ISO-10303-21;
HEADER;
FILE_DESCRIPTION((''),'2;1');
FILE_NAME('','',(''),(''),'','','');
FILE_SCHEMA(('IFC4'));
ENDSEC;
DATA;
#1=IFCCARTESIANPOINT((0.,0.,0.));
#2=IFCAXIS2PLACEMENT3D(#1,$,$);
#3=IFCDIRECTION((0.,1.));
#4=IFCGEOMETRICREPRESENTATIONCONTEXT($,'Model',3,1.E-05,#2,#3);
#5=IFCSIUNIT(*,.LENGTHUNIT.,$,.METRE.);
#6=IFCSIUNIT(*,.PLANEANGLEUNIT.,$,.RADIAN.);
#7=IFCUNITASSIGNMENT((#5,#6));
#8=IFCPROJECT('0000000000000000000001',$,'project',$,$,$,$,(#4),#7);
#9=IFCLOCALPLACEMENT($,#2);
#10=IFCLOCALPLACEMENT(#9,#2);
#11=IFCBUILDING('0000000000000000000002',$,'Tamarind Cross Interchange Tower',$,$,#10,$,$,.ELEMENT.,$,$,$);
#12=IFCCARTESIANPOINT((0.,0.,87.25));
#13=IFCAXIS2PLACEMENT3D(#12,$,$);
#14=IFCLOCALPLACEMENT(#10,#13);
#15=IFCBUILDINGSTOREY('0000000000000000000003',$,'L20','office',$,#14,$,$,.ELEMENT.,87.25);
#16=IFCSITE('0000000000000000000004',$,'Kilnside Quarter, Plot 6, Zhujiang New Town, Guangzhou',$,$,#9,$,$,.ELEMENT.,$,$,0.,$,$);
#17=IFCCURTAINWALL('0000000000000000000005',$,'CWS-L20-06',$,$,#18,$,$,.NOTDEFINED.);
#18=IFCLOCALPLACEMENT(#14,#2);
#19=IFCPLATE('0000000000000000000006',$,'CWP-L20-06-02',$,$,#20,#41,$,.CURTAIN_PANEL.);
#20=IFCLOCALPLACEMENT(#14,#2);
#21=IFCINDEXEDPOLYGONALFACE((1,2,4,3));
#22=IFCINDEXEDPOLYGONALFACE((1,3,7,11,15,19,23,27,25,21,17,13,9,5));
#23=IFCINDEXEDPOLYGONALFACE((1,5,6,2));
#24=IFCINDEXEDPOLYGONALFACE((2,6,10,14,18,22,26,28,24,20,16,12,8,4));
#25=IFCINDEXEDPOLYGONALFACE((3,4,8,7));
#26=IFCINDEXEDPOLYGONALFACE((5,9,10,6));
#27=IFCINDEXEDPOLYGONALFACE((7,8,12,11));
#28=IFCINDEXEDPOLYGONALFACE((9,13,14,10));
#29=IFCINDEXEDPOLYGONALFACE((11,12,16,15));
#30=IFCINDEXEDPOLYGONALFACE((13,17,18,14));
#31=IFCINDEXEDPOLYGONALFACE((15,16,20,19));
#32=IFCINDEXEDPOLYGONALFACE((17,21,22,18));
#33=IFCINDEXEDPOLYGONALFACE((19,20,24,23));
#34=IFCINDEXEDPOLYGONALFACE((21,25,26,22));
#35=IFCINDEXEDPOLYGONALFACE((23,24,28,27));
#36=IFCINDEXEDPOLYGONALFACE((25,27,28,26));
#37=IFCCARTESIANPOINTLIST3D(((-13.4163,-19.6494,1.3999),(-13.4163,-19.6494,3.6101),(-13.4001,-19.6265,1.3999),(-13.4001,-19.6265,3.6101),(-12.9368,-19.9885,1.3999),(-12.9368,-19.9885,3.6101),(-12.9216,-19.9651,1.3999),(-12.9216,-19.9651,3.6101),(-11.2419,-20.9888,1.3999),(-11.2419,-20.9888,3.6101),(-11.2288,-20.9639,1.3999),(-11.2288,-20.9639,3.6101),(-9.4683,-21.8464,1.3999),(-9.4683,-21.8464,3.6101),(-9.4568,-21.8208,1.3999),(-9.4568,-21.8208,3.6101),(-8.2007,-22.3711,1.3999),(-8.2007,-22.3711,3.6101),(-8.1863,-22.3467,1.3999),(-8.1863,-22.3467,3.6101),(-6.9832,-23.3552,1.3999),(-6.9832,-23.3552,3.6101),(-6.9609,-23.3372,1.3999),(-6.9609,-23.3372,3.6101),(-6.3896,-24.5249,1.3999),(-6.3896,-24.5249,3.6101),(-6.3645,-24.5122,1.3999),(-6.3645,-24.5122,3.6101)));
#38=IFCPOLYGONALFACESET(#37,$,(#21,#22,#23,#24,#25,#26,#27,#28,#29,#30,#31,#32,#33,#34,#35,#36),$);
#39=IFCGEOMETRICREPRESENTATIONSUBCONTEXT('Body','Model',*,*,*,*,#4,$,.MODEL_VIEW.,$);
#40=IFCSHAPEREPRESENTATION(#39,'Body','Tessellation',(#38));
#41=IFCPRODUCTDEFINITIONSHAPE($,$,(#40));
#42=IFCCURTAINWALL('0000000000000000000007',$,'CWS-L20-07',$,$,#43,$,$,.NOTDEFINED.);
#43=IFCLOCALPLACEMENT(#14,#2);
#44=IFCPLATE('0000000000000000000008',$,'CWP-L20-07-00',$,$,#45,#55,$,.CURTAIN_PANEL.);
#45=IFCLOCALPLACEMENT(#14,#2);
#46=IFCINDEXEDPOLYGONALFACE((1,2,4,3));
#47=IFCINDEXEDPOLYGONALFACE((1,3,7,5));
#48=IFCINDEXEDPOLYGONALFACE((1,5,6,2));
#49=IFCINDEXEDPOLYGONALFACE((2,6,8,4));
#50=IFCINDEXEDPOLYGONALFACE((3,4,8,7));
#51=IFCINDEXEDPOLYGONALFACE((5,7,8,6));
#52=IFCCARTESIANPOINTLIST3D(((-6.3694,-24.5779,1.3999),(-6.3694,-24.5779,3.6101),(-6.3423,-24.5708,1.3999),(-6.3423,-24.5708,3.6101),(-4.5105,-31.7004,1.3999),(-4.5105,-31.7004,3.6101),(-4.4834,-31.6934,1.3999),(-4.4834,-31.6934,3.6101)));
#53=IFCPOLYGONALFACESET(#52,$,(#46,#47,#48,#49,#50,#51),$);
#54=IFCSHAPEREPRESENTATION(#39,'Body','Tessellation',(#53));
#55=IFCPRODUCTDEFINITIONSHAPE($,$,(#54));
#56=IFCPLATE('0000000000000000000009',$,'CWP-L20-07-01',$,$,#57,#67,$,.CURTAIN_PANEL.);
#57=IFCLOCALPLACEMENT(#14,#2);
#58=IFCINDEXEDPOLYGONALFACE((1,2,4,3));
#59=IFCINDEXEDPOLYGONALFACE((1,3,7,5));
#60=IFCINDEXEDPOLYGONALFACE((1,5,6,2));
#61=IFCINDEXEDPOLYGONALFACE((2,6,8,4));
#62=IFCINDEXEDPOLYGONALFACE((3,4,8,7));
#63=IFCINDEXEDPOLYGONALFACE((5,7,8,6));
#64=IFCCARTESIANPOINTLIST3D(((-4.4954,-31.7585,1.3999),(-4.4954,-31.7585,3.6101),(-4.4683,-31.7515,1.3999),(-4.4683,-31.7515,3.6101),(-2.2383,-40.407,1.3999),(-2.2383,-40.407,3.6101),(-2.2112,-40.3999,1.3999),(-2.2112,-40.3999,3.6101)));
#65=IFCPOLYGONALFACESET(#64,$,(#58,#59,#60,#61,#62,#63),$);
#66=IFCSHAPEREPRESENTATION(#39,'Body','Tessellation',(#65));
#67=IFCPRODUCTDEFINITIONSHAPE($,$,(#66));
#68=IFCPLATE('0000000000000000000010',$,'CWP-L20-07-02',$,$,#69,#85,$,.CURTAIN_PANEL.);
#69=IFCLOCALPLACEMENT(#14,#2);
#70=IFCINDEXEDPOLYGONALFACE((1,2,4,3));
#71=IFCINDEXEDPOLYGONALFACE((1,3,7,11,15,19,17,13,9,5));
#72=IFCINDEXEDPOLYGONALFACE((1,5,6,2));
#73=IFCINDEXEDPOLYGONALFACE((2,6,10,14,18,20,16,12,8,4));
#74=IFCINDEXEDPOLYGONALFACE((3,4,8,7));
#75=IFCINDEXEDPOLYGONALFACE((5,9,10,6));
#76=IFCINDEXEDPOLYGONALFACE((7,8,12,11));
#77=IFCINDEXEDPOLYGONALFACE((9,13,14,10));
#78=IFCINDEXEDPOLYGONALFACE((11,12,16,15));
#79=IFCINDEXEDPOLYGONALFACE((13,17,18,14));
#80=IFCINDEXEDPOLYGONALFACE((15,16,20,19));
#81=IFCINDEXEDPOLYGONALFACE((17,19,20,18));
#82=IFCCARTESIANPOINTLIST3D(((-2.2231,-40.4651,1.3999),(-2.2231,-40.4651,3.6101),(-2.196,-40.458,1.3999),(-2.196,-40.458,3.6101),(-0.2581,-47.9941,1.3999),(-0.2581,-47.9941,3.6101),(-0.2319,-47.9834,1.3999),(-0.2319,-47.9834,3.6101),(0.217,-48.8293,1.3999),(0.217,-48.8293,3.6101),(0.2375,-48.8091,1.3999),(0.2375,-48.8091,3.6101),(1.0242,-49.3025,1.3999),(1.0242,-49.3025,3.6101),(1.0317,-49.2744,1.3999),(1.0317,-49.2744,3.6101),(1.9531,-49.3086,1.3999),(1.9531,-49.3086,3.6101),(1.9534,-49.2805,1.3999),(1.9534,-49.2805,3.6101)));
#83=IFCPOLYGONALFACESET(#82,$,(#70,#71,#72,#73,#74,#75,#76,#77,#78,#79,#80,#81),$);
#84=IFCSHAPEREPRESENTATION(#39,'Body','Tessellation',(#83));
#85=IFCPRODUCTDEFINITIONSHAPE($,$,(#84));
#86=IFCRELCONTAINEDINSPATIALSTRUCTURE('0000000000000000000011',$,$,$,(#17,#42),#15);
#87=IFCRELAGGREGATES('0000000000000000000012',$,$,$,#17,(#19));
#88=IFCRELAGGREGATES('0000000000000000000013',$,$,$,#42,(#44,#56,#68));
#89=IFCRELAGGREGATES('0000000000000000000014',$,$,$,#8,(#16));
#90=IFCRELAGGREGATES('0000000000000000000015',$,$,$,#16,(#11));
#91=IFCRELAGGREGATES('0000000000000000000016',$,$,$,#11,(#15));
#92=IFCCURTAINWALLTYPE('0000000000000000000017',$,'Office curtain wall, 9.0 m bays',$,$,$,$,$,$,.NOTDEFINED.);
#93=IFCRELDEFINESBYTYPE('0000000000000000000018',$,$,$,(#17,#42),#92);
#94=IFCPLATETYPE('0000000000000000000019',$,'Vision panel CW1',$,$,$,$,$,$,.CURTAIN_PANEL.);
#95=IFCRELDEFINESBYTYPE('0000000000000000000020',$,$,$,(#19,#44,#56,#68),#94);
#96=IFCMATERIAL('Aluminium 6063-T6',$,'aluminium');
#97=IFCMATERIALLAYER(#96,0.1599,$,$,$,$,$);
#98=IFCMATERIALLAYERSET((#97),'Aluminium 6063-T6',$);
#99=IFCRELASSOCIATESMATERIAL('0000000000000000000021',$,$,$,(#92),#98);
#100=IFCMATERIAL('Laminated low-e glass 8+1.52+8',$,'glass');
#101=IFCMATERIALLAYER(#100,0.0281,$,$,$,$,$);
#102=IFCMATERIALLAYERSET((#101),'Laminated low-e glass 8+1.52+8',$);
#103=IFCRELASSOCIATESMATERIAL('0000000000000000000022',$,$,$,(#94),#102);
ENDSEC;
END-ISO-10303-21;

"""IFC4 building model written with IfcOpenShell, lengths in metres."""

from ifc_helpers import new_model, si_unit, direction, frame, origin, place, context, subcontext, project, spatial, polyline, outline, extrude, material, layer, layer_set, type_object, element, aggregate, save


model = new_model("IFC4")

# Units and contexts
model_context = context("Model", 3, precision=1e-05, world=origin(), true_north=direction((0.0, 1.0)))
body_context = subcontext(model_context, "Body", "Model", "MODEL_VIEW")
ifc_project = project(units=[si_unit("LENGTHUNIT", "METRE"), si_unit("PLANEANGLEUNIT", "RADIAN")], contexts=[model_context])

# Site, building, storey
site_placement = place(None, origin())
site = spatial("IfcSite", under=ifc_project, at=site_placement, Name="Kilnside Quarter, Plot 6, Zhujiang New Town, Guangzhou", CompositionType="ELEMENT", RefElevation=0.0)
building_placement = place(site_placement, origin())
building = spatial("IfcBuilding", under=site, at=building_placement, Name="Tamarind Cross Interchange Tower", CompositionType="ELEMENT")
storey_placement = place(building_placement, frame((0.0, 0.0, 87.25)))
storey = spatial("IfcBuildingStorey", under=building, at=storey_placement, Name="L20", Description="office", CompositionType="ELEMENT", Elevation=87.25)

# Curtain wall
ifc_material_1 = material(Name="Aluminium 6063-T6", Category="aluminium")
ifc_layer_1 = layer(ifc_material_1, 0.1599)
ifc_layer_set_1 = layer_set([ifc_layer_1], Name="Aluminium 6063-T6")
curtain_wall_type = type_object("IfcCurtainWallType", Name="Office curtain wall, 9.0 m bays", PredefinedType="NOTDEFINED", material=ifc_layer_set_1)
curtain_wall_1_placement = place(storey_placement, origin())
curtain_wall_1 = element("IfcCurtainWall", 1, at=curtain_wall_1_placement, inside=storey, type_object=curtain_wall_type, Name="CWS-L20-06", PredefinedType="NOTDEFINED")

# Plate
ifc_material_2 = material(Name="Laminated low-e glass 8+1.52+8", Category="glass")
ifc_layer_2 = layer(ifc_material_2, 0.0281)
ifc_layer_set_2 = layer_set([ifc_layer_2], Name="Laminated low-e glass 8+1.52+8")
plate_type = type_object("IfcPlateType", Name="Vision panel CW1", PredefinedType="CURTAIN_PANEL", material=ifc_layer_set_2)
plate_1_placement = place(storey_placement, frame((0.0, 0.0, 1.3999)))
plate_1 = element("IfcPlate", 2, at=plate_1_placement, type_object=plate_type, Name="CWP-L20-06-02", PredefinedType="CURTAIN_PANEL", context=body_context, shape_type="SweptSolid", body=[
    extrude(outline(polyline([(-13.4001, -19.6265), (-12.9216, -19.9651), (-11.2288, -20.9639), (-9.4568, -21.8208), (-8.1863, -22.3467), (-6.9609, -23.3372), (-6.3645, -24.5122), (-6.3896, -24.5249), (-6.9832, -23.3552), (-8.2007, -22.3711), (-9.4683, -21.8464), (-11.2419, -20.9888), (-12.9368, -19.9885), (-13.4163, -19.6494), (-13.4001, -19.6265)])), origin(), (0.0, 0.0, 1.0), 2.2102),
])
aggregate(curtain_wall_1, [plate_1])

# Curtain wall, plates
curtain_wall_2_placement = place(storey_placement, origin())
curtain_wall_2 = element("IfcCurtainWall", 3, at=curtain_wall_2_placement, inside=storey, type_object=curtain_wall_type, Name="CWS-L20-07", PredefinedType="NOTDEFINED")
plate_2_placement = place(storey_placement, frame((0.0, 0.0, 1.3999)))
plate_2 = element("IfcPlate", 4, at=plate_2_placement, type_object=plate_type, Name="CWP-L20-07-00", PredefinedType="CURTAIN_PANEL", context=body_context, shape_type="SweptSolid", body=[
    extrude(outline(polyline([(-6.3423, -24.5708), (-4.4834, -31.6934), (-4.5105, -31.7004), (-6.3694, -24.5779), (-6.3423, -24.5708)])), origin(), (0.0, 0.0, 1.0), 2.2102),
])
plate_3_placement = place(storey_placement, frame((0.0, 0.0, 1.3999)))
plate_3 = element("IfcPlate", 5, at=plate_3_placement, type_object=plate_type, Name="CWP-L20-07-01", PredefinedType="CURTAIN_PANEL", context=body_context, shape_type="SweptSolid", body=[
    extrude(outline(polyline([(-4.4683, -31.7515), (-2.2112, -40.3999), (-2.2383, -40.407), (-4.4954, -31.7585), (-4.4683, -31.7515)])), origin(), (0.0, 0.0, 1.0), 2.2102),
])
plate_4_placement = place(storey_placement, frame((0.0, 0.0, 1.3999)))
plate_4 = element("IfcPlate", 6, at=plate_4_placement, type_object=plate_type, Name="CWP-L20-07-02", PredefinedType="CURTAIN_PANEL", context=body_context, shape_type="SweptSolid", body=[
    extrude(outline(polyline([(-2.196, -40.458), (-0.2319, -47.9834), (0.2375, -48.8091), (1.0317, -49.2744), (1.9534, -49.2805), (1.9531, -49.3086), (1.0242, -49.3025), (0.217, -48.8293), (-0.2581, -47.9941), (-2.2231, -40.4651), (-2.196, -40.458)])), origin(), (0.0, 0.0, 1.0), 2.2102),
])
aggregate(curtain_wall_2, [plate_2, plate_3, plate_4])

save(model, "model.ifc")
